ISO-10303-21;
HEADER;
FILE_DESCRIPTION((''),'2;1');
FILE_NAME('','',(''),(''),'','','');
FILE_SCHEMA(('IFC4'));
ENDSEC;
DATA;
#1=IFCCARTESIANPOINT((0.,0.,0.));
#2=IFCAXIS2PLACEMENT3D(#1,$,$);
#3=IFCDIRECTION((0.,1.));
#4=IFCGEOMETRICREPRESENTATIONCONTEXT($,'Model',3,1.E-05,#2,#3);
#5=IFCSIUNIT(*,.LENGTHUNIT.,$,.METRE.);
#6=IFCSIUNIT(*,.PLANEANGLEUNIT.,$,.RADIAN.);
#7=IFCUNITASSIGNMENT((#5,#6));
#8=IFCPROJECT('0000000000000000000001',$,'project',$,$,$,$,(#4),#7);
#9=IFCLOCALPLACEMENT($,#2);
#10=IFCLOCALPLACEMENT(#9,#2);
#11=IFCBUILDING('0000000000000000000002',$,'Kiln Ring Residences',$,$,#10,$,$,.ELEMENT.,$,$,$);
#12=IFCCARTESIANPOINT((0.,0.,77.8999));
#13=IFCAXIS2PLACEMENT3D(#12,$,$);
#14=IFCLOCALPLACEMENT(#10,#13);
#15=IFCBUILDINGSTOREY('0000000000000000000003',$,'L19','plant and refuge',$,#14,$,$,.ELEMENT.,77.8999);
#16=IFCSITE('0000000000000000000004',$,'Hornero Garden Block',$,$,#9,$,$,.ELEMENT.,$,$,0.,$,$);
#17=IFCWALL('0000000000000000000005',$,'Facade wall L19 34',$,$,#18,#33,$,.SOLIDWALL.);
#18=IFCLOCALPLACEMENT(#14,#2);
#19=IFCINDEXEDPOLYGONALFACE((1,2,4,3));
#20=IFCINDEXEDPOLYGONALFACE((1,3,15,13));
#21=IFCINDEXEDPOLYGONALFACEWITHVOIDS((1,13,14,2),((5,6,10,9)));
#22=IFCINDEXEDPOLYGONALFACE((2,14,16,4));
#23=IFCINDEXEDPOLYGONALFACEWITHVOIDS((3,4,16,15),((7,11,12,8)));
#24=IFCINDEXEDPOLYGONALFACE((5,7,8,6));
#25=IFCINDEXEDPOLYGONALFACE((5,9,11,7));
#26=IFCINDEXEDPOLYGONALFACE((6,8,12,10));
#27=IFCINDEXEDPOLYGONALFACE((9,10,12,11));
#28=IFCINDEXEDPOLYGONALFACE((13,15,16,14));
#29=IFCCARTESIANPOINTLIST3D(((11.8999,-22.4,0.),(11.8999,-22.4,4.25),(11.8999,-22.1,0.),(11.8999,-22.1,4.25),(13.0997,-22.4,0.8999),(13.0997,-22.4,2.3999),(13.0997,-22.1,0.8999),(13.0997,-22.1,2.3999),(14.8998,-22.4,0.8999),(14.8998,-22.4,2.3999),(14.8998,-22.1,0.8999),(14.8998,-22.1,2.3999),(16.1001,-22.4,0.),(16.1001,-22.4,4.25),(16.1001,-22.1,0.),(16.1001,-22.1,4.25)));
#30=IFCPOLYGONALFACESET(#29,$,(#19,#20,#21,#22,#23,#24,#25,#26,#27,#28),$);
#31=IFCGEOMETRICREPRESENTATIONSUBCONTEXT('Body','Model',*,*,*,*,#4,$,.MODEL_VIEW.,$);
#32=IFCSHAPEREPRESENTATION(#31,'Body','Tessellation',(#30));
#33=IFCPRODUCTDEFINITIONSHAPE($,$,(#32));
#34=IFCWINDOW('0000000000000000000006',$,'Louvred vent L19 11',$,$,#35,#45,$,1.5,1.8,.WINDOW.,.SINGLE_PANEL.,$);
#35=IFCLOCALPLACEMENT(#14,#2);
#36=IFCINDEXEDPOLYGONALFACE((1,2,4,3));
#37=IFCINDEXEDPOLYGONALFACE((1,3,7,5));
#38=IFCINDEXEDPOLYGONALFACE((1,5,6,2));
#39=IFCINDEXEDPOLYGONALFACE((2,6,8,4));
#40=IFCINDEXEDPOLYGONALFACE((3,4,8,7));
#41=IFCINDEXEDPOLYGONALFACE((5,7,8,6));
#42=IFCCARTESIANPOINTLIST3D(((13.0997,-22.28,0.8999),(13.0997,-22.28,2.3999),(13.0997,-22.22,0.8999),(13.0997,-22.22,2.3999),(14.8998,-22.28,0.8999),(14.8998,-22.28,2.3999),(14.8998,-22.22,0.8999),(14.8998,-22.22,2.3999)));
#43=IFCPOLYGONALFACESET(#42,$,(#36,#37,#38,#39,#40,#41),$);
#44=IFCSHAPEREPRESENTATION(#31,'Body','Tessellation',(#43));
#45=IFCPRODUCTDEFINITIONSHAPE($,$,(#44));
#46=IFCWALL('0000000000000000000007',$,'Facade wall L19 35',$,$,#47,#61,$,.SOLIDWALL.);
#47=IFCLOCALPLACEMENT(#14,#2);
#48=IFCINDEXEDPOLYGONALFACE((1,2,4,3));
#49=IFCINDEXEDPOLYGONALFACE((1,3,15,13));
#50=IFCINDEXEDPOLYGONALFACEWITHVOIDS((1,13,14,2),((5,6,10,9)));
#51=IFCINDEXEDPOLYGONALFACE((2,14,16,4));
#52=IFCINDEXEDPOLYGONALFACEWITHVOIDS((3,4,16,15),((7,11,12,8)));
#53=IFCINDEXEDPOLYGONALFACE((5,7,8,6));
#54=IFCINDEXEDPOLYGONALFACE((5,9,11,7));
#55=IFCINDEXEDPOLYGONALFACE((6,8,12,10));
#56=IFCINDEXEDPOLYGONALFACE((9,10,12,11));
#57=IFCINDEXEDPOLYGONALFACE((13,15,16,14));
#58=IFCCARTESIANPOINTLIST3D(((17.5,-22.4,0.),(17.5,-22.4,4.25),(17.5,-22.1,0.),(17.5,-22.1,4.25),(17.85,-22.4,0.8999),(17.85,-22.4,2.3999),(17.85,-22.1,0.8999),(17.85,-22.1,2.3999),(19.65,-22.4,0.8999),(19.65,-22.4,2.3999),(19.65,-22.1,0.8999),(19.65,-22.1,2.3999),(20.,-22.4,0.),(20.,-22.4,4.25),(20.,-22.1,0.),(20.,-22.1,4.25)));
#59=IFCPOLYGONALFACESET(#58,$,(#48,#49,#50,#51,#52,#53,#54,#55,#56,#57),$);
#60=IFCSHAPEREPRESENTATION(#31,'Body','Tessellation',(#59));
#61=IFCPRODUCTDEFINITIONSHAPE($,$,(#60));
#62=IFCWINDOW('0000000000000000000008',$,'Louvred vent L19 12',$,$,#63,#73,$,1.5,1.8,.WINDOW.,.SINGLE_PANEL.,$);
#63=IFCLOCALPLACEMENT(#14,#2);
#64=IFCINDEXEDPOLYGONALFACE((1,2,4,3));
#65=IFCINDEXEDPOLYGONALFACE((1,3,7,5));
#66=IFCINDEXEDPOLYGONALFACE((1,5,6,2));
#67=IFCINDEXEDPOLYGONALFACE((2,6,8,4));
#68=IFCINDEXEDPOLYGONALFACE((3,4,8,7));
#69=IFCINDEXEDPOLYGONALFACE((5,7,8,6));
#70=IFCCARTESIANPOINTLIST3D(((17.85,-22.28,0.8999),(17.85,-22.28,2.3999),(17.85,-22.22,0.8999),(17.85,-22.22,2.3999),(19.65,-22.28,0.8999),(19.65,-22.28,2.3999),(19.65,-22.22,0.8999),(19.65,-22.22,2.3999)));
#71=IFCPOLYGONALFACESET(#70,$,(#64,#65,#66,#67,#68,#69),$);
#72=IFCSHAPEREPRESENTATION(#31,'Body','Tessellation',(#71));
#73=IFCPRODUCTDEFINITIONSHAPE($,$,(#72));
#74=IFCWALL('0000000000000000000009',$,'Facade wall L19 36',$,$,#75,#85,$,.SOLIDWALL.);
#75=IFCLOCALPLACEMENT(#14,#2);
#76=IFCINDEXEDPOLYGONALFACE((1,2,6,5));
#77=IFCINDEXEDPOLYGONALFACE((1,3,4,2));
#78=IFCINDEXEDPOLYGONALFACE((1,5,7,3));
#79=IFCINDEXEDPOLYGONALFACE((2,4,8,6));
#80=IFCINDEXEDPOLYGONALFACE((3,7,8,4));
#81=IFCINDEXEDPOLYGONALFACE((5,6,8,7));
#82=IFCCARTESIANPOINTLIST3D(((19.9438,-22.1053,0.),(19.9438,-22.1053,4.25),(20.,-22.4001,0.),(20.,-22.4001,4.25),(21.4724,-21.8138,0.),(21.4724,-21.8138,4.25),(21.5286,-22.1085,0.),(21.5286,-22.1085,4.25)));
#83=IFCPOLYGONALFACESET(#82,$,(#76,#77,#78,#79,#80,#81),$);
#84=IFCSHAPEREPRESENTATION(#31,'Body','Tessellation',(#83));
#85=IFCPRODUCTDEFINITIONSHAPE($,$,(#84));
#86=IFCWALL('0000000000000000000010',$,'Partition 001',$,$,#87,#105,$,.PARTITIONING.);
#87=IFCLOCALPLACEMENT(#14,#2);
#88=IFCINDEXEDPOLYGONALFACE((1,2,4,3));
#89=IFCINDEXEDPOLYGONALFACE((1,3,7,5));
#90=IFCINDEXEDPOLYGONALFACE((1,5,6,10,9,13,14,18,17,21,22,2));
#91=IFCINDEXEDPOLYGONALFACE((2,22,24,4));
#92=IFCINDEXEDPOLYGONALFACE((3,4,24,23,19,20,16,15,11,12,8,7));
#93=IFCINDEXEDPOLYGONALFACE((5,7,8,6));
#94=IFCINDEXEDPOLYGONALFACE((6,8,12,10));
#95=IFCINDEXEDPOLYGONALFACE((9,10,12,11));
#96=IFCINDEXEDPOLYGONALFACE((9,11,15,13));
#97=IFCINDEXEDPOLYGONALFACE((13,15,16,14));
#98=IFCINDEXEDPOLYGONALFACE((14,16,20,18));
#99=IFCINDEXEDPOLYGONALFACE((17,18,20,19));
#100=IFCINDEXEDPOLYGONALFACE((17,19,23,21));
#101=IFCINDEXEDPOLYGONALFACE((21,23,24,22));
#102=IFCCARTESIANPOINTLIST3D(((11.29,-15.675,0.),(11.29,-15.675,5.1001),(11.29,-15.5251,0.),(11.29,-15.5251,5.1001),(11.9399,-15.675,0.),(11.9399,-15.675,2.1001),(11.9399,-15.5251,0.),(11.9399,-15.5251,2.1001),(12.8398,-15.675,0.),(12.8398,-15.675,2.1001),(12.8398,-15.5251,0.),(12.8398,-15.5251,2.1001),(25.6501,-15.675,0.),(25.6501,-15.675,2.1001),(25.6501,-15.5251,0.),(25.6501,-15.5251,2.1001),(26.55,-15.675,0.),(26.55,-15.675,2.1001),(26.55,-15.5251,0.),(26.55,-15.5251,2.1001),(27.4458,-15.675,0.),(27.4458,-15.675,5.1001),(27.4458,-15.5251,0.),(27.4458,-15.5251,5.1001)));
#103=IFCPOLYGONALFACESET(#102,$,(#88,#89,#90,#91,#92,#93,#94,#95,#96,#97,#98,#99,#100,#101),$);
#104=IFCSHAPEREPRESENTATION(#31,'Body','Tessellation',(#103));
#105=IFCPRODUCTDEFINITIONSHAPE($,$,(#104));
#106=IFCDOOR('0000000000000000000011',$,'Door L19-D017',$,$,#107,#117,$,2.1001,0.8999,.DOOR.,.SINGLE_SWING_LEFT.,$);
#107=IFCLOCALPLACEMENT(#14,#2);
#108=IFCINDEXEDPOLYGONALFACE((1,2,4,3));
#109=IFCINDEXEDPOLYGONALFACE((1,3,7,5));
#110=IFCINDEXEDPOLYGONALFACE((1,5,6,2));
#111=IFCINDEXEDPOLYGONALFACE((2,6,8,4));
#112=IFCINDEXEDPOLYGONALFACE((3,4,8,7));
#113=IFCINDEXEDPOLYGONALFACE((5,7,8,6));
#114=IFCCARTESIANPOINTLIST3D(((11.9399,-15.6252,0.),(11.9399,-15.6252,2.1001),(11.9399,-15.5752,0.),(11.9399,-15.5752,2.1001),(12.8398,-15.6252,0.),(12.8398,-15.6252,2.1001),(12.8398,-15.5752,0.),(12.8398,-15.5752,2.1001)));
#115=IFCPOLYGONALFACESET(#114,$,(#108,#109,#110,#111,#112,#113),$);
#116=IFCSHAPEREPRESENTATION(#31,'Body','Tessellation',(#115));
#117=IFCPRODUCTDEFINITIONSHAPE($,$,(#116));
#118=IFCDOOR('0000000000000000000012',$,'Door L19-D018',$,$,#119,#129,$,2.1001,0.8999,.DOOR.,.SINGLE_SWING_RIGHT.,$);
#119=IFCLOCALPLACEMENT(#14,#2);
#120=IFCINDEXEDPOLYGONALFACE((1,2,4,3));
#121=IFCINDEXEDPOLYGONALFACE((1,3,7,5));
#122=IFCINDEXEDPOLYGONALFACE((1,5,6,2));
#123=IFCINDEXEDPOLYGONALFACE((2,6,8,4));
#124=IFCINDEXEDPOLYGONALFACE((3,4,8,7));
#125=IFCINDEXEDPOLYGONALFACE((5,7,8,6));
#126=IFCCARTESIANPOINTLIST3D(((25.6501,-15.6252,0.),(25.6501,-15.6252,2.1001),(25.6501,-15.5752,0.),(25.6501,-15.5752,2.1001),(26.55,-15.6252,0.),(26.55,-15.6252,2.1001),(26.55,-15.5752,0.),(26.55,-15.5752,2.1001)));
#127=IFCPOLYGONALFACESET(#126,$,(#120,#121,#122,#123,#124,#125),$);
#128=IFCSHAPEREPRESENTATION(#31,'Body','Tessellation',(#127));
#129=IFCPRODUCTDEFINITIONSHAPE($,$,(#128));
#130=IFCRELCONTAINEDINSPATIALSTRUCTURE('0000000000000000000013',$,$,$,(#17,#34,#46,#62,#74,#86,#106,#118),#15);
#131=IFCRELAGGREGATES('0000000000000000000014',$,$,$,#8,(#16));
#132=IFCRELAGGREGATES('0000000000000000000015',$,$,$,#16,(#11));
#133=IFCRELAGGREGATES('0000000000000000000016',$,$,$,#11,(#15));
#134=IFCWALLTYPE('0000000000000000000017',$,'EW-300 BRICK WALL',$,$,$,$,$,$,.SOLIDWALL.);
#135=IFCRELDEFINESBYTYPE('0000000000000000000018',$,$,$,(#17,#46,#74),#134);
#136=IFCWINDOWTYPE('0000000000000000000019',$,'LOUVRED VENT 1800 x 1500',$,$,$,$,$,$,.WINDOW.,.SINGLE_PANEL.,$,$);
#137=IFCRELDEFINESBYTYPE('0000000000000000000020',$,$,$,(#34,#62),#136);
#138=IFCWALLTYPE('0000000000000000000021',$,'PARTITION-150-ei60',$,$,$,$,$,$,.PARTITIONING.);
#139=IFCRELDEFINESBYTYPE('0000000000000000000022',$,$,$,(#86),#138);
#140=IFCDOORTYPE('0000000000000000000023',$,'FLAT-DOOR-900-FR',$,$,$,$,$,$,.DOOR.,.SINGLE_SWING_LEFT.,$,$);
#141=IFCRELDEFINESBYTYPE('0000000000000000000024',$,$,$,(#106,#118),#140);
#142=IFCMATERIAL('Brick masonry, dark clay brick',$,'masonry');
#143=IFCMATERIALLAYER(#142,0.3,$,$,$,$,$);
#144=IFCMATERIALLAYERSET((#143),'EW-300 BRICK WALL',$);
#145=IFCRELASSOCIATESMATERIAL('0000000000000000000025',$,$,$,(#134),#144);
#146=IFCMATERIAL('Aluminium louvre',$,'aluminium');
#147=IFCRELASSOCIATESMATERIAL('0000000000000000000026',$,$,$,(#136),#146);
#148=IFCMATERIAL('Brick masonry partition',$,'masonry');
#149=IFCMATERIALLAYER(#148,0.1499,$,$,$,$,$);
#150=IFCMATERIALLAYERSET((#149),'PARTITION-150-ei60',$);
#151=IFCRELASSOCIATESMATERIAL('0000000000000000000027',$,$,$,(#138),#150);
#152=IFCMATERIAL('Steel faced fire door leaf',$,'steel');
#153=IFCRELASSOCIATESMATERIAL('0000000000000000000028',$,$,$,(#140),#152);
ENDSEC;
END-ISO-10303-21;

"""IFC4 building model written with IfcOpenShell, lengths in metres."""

from ifc_helpers import new_model, si_unit, direction, frame, frame_2d, origin, place, context, subcontext, project, spatial, rectangle, extrude, material, layer, layer_set, type_object, element, fill, save


model = new_model("IFC4")

# Units and contexts
model_context = context("Model", 3, precision=1e-05, world=origin(), true_north=direction((0.0, 1.0)))
body_context = subcontext(model_context, "Body", "Model", "MODEL_VIEW")
ifc_project = project(units=[si_unit("LENGTHUNIT", "METRE"), si_unit("PLANEANGLEUNIT", "RADIAN")], contexts=[model_context])

# Site, building, storey
site_placement = place(None, origin())
site = spatial("IfcSite", under=ifc_project, at=site_placement, Name="Hornero Garden Block", CompositionType="ELEMENT", RefElevation=0.0)
building_placement = place(site_placement, origin())
building = spatial("IfcBuilding", under=site, at=building_placement, Name="Kiln Ring Residences", CompositionType="ELEMENT")
storey_placement = place(building_placement, frame((0.0, 0.0, 77.8999)))
storey = spatial("IfcBuildingStorey", under=building, at=storey_placement, Name="L19", Description="plant and refuge", CompositionType="ELEMENT", Elevation=77.8999)

# Walls, openings, windows
ifc_material_1 = material(Name="Brick masonry, dark clay brick", Category="masonry")
ifc_layer_1 = layer(ifc_material_1, 0.3)
ifc_layer_set_1 = layer_set([ifc_layer_1], Name="EW-300 BRICK WALL")
wall_type_1 = type_object("IfcWallType", Name="EW-300 BRICK WALL", PredefinedType="SOLIDWALL", material=ifc_layer_set_1)
ifc_material_2 = material(Name="Aluminium louvre", Category="aluminium")
window_type = type_object("IfcWindowType", Name="LOUVRED VENT 1800 x 1500", PartitioningType="SINGLE_PANEL", PredefinedType="WINDOW", material=ifc_material_2)
wall_1_placement = place(storey_placement, frame((11.8999, -22.25, 0.0), z_axis=(0.0, 0.0, 1.0), x_axis=(1.0, 0.0, 0.0)))
wall_1 = element("IfcWall", 1, at=wall_1_placement, inside=storey, type_object=wall_type_1, Name="Facade wall L19 34", PredefinedType="SOLIDWALL", context=body_context, shape_type="SweptSolid", body=[
    extrude(rectangle(XDim=4.2002, YDim=0.3, at=frame_2d((2.1001, 0.0))), origin(), (0.0, 0.0, 1.0), 4.25),
])
opening_1_placement = place(wall_1_placement, frame((1.2, 0.0, 0.8999)))
opening_1 = element("IfcOpeningElement", 2, at=opening_1_placement, cuts=wall_1, PredefinedType="OPENING", context=body_context, shape_type="SweptSolid", body=[
    extrude(rectangle(XDim=1.8, YDim=1.5, at=frame_2d((0.8999, 0.75))), frame((0.0, 0.1599, 0.0), z_axis=(0.0, -1.0, 0.0), x_axis=(1.0, 0.0, 0.0)), (0.0, 0.0, 1.0), 0.3201),
])
window_1_placement = place(opening_1_placement, origin())
window_1 = element("IfcWindow", 3, at=window_1_placement, inside=storey, type_object=window_type, Name="Louvred vent L19 11", OverallHeight=1.5, OverallWidth=1.8, PartitioningType="SINGLE_PANEL", PredefinedType="WINDOW", context=body_context, shape_type="SweptSolid", body=[
    extrude(rectangle(XDim=1.8, YDim=1.5, at=frame_2d((0.8999, 0.75))), frame((0.0, 0.03, 0.0), z_axis=(0.0, -1.0, 0.0), x_axis=(1.0, 0.0, 0.0)), (0.0, 0.0, 1.0), 0.0601),
])
fill(opening_1, window_1)
wall_2_placement = place(storey_placement, frame((17.5, -22.25, 0.0), z_axis=(0.0, 0.0, 1.0), x_axis=(1.0, 0.0, 0.0)))
wall_2 = element("IfcWall", 4, at=wall_2_placement, inside=storey, type_object=wall_type_1, Name="Facade wall L19 35", PredefinedType="SOLIDWALL", context=body_context, shape_type="SweptSolid", body=[
    extrude(rectangle(XDim=2.5, YDim=0.3, at=frame_2d((1.25, 0.0))), origin(), (0.0, 0.0, 1.0), 4.25),
])
opening_2_placement = place(wall_2_placement, frame((0.3501, 0.0, 0.8999)))
opening_2 = element("IfcOpeningElement", 5, at=opening_2_placement, cuts=wall_2, PredefinedType="OPENING", context=body_context, shape_type="SweptSolid", body=[
    extrude(rectangle(XDim=1.8, YDim=1.5, at=frame_2d((0.8999, 0.75))), frame((0.0, 0.1599, 0.0), z_axis=(0.0, -1.0, 0.0), x_axis=(1.0, 0.0, 0.0)), (0.0, 0.0, 1.0), 0.3201),
])
window_2_placement = place(opening_2_placement, origin())
window_2 = element("IfcWindow", 6, at=window_2_placement, inside=storey, type_object=window_type, Name="Louvred vent L19 12", OverallHeight=1.5, OverallWidth=1.8, PartitioningType="SINGLE_PANEL", PredefinedType="WINDOW", context=body_context, shape_type="SweptSolid", body=[
    extrude(rectangle(XDim=1.8, YDim=1.5, at=frame_2d((0.8999, 0.75))), frame((0.0, 0.03, 0.0), z_axis=(0.0, -1.0, 0.0), x_axis=(1.0, 0.0, 0.0)), (0.0, 0.0, 1.0), 0.0601),
])
fill(opening_2, window_2)

# Wall
wall_3_placement = place(storey_placement, frame((19.9719, -22.2527, 0.0), z_axis=(0.0, 0.0, 1.0), x_axis=(0.982297, 0.187328, 0.0)))
element("IfcWall", 7, at=wall_3_placement, inside=storey, type_object=wall_type_1, Name="Facade wall L19 36", PredefinedType="SOLIDWALL", context=body_context, shape_type="SweptSolid", body=[
    extrude(rectangle(XDim=1.5562, YDim=0.3, at=frame_2d((0.7781, 0.0))), origin(), (0.0, 0.0, 1.0), 4.25),
])

# Wall, openings, doors
ifc_material_3 = material(Name="Brick masonry partition", Category="masonry")
ifc_layer_2 = layer(ifc_material_3, 0.1499)
ifc_layer_set_2 = layer_set([ifc_layer_2], Name="PARTITION-150-ei60")
wall_type_2 = type_object("IfcWallType", Name="PARTITION-150-ei60", PredefinedType="PARTITIONING", material=ifc_layer_set_2)
wall_4_placement = place(storey_placement, frame((11.29, -15.6001, 0.0), z_axis=(0.0, 0.0, 1.0), x_axis=(1.0, 0.0, 0.0)))
wall_4 = element("IfcWall", 8, at=wall_4_placement, inside=storey, type_object=wall_type_2, Name="Partition 001", PredefinedType="PARTITIONING", context=body_context, shape_type="SweptSolid", body=[
    extrude(rectangle(XDim=16.1558, YDim=0.1499, at=frame_2d((8.0779, 0.0))), origin(), (0.0, 0.0, 1.0), 5.1001),
])
opening_3_placement = place(wall_4_placement, frame((0.6499, 0.0, 0.0)))
opening_3 = element("IfcOpeningElement", 9, at=opening_3_placement, cuts=wall_4, PredefinedType="OPENING", context=body_context, shape_type="SweptSolid", body=[
    extrude(rectangle(XDim=0.8999, YDim=2.1001, at=frame_2d((0.45, 1.05))), frame((0.0, 0.085, 0.0), z_axis=(0.0, -1.0, 0.0), x_axis=(1.0, 0.0, 0.0)), (0.0, 0.0, 1.0), 0.1699),
])
opening_4_placement = place(wall_4_placement, frame((14.3601, 0.0, 0.0)))
opening_4 = element("IfcOpeningElement", 10, at=opening_4_placement, cuts=wall_4, PredefinedType="OPENING", context=body_context, shape_type="SweptSolid", body=[
    extrude(rectangle(XDim=0.8999, YDim=2.1001, at=frame_2d((0.45, 1.05))), frame((0.0, 0.085, 0.0), z_axis=(0.0, -1.0, 0.0), x_axis=(1.0, 0.0, 0.0)), (0.0, 0.0, 1.0), 0.1699),
])
ifc_material_4 = material(Name="Steel faced fire door leaf", Category="steel")
door_type_1 = type_object("IfcDoorType", Name="FLAT-DOOR-900-FR", OperationType="SINGLE_SWING_LEFT", PredefinedType="DOOR", material=ifc_material_4)
door_1_placement = place(opening_3_placement, origin())
door_1 = element("IfcDoor", 11, at=door_1_placement, inside=storey, type_object=door_type_1, Name="Door L19-D017", OperationType="SINGLE_SWING_LEFT", OverallHeight=2.1001, OverallWidth=0.8999, PredefinedType="DOOR", context=body_context, shape_type="SweptSolid", body=[
    extrude(rectangle(XDim=0.8999, YDim=2.1001, at=frame_2d((0.45, 1.05))), frame((0.0, 0.0249, 0.0), z_axis=(0.0, -1.0, 0.0), x_axis=(1.0, 0.0, 0.0)), (0.0, 0.0, 1.0), 0.05),
])
fill(opening_3, door_1)
door_2_placement = place(opening_4_placement, origin())
door_2 = element("IfcDoor", 12, at=door_2_placement, inside=storey, type_object=door_type_1, Name="Door L19-D018", OperationType="SINGLE_SWING_RIGHT", OverallHeight=2.1001, OverallWidth=0.8999, PredefinedType="DOOR", context=body_context, shape_type="SweptSolid", body=[
    extrude(rectangle(XDim=0.8999, YDim=2.1001, at=frame_2d((0.45, 1.05))), frame((0.0, 0.0249, 0.0), z_axis=(0.0, -1.0, 0.0), x_axis=(1.0, 0.0, 0.0)), (0.0, 0.0, 1.0), 0.05),
])
fill(opening_4, door_2)

save(model, "model.ifc")
